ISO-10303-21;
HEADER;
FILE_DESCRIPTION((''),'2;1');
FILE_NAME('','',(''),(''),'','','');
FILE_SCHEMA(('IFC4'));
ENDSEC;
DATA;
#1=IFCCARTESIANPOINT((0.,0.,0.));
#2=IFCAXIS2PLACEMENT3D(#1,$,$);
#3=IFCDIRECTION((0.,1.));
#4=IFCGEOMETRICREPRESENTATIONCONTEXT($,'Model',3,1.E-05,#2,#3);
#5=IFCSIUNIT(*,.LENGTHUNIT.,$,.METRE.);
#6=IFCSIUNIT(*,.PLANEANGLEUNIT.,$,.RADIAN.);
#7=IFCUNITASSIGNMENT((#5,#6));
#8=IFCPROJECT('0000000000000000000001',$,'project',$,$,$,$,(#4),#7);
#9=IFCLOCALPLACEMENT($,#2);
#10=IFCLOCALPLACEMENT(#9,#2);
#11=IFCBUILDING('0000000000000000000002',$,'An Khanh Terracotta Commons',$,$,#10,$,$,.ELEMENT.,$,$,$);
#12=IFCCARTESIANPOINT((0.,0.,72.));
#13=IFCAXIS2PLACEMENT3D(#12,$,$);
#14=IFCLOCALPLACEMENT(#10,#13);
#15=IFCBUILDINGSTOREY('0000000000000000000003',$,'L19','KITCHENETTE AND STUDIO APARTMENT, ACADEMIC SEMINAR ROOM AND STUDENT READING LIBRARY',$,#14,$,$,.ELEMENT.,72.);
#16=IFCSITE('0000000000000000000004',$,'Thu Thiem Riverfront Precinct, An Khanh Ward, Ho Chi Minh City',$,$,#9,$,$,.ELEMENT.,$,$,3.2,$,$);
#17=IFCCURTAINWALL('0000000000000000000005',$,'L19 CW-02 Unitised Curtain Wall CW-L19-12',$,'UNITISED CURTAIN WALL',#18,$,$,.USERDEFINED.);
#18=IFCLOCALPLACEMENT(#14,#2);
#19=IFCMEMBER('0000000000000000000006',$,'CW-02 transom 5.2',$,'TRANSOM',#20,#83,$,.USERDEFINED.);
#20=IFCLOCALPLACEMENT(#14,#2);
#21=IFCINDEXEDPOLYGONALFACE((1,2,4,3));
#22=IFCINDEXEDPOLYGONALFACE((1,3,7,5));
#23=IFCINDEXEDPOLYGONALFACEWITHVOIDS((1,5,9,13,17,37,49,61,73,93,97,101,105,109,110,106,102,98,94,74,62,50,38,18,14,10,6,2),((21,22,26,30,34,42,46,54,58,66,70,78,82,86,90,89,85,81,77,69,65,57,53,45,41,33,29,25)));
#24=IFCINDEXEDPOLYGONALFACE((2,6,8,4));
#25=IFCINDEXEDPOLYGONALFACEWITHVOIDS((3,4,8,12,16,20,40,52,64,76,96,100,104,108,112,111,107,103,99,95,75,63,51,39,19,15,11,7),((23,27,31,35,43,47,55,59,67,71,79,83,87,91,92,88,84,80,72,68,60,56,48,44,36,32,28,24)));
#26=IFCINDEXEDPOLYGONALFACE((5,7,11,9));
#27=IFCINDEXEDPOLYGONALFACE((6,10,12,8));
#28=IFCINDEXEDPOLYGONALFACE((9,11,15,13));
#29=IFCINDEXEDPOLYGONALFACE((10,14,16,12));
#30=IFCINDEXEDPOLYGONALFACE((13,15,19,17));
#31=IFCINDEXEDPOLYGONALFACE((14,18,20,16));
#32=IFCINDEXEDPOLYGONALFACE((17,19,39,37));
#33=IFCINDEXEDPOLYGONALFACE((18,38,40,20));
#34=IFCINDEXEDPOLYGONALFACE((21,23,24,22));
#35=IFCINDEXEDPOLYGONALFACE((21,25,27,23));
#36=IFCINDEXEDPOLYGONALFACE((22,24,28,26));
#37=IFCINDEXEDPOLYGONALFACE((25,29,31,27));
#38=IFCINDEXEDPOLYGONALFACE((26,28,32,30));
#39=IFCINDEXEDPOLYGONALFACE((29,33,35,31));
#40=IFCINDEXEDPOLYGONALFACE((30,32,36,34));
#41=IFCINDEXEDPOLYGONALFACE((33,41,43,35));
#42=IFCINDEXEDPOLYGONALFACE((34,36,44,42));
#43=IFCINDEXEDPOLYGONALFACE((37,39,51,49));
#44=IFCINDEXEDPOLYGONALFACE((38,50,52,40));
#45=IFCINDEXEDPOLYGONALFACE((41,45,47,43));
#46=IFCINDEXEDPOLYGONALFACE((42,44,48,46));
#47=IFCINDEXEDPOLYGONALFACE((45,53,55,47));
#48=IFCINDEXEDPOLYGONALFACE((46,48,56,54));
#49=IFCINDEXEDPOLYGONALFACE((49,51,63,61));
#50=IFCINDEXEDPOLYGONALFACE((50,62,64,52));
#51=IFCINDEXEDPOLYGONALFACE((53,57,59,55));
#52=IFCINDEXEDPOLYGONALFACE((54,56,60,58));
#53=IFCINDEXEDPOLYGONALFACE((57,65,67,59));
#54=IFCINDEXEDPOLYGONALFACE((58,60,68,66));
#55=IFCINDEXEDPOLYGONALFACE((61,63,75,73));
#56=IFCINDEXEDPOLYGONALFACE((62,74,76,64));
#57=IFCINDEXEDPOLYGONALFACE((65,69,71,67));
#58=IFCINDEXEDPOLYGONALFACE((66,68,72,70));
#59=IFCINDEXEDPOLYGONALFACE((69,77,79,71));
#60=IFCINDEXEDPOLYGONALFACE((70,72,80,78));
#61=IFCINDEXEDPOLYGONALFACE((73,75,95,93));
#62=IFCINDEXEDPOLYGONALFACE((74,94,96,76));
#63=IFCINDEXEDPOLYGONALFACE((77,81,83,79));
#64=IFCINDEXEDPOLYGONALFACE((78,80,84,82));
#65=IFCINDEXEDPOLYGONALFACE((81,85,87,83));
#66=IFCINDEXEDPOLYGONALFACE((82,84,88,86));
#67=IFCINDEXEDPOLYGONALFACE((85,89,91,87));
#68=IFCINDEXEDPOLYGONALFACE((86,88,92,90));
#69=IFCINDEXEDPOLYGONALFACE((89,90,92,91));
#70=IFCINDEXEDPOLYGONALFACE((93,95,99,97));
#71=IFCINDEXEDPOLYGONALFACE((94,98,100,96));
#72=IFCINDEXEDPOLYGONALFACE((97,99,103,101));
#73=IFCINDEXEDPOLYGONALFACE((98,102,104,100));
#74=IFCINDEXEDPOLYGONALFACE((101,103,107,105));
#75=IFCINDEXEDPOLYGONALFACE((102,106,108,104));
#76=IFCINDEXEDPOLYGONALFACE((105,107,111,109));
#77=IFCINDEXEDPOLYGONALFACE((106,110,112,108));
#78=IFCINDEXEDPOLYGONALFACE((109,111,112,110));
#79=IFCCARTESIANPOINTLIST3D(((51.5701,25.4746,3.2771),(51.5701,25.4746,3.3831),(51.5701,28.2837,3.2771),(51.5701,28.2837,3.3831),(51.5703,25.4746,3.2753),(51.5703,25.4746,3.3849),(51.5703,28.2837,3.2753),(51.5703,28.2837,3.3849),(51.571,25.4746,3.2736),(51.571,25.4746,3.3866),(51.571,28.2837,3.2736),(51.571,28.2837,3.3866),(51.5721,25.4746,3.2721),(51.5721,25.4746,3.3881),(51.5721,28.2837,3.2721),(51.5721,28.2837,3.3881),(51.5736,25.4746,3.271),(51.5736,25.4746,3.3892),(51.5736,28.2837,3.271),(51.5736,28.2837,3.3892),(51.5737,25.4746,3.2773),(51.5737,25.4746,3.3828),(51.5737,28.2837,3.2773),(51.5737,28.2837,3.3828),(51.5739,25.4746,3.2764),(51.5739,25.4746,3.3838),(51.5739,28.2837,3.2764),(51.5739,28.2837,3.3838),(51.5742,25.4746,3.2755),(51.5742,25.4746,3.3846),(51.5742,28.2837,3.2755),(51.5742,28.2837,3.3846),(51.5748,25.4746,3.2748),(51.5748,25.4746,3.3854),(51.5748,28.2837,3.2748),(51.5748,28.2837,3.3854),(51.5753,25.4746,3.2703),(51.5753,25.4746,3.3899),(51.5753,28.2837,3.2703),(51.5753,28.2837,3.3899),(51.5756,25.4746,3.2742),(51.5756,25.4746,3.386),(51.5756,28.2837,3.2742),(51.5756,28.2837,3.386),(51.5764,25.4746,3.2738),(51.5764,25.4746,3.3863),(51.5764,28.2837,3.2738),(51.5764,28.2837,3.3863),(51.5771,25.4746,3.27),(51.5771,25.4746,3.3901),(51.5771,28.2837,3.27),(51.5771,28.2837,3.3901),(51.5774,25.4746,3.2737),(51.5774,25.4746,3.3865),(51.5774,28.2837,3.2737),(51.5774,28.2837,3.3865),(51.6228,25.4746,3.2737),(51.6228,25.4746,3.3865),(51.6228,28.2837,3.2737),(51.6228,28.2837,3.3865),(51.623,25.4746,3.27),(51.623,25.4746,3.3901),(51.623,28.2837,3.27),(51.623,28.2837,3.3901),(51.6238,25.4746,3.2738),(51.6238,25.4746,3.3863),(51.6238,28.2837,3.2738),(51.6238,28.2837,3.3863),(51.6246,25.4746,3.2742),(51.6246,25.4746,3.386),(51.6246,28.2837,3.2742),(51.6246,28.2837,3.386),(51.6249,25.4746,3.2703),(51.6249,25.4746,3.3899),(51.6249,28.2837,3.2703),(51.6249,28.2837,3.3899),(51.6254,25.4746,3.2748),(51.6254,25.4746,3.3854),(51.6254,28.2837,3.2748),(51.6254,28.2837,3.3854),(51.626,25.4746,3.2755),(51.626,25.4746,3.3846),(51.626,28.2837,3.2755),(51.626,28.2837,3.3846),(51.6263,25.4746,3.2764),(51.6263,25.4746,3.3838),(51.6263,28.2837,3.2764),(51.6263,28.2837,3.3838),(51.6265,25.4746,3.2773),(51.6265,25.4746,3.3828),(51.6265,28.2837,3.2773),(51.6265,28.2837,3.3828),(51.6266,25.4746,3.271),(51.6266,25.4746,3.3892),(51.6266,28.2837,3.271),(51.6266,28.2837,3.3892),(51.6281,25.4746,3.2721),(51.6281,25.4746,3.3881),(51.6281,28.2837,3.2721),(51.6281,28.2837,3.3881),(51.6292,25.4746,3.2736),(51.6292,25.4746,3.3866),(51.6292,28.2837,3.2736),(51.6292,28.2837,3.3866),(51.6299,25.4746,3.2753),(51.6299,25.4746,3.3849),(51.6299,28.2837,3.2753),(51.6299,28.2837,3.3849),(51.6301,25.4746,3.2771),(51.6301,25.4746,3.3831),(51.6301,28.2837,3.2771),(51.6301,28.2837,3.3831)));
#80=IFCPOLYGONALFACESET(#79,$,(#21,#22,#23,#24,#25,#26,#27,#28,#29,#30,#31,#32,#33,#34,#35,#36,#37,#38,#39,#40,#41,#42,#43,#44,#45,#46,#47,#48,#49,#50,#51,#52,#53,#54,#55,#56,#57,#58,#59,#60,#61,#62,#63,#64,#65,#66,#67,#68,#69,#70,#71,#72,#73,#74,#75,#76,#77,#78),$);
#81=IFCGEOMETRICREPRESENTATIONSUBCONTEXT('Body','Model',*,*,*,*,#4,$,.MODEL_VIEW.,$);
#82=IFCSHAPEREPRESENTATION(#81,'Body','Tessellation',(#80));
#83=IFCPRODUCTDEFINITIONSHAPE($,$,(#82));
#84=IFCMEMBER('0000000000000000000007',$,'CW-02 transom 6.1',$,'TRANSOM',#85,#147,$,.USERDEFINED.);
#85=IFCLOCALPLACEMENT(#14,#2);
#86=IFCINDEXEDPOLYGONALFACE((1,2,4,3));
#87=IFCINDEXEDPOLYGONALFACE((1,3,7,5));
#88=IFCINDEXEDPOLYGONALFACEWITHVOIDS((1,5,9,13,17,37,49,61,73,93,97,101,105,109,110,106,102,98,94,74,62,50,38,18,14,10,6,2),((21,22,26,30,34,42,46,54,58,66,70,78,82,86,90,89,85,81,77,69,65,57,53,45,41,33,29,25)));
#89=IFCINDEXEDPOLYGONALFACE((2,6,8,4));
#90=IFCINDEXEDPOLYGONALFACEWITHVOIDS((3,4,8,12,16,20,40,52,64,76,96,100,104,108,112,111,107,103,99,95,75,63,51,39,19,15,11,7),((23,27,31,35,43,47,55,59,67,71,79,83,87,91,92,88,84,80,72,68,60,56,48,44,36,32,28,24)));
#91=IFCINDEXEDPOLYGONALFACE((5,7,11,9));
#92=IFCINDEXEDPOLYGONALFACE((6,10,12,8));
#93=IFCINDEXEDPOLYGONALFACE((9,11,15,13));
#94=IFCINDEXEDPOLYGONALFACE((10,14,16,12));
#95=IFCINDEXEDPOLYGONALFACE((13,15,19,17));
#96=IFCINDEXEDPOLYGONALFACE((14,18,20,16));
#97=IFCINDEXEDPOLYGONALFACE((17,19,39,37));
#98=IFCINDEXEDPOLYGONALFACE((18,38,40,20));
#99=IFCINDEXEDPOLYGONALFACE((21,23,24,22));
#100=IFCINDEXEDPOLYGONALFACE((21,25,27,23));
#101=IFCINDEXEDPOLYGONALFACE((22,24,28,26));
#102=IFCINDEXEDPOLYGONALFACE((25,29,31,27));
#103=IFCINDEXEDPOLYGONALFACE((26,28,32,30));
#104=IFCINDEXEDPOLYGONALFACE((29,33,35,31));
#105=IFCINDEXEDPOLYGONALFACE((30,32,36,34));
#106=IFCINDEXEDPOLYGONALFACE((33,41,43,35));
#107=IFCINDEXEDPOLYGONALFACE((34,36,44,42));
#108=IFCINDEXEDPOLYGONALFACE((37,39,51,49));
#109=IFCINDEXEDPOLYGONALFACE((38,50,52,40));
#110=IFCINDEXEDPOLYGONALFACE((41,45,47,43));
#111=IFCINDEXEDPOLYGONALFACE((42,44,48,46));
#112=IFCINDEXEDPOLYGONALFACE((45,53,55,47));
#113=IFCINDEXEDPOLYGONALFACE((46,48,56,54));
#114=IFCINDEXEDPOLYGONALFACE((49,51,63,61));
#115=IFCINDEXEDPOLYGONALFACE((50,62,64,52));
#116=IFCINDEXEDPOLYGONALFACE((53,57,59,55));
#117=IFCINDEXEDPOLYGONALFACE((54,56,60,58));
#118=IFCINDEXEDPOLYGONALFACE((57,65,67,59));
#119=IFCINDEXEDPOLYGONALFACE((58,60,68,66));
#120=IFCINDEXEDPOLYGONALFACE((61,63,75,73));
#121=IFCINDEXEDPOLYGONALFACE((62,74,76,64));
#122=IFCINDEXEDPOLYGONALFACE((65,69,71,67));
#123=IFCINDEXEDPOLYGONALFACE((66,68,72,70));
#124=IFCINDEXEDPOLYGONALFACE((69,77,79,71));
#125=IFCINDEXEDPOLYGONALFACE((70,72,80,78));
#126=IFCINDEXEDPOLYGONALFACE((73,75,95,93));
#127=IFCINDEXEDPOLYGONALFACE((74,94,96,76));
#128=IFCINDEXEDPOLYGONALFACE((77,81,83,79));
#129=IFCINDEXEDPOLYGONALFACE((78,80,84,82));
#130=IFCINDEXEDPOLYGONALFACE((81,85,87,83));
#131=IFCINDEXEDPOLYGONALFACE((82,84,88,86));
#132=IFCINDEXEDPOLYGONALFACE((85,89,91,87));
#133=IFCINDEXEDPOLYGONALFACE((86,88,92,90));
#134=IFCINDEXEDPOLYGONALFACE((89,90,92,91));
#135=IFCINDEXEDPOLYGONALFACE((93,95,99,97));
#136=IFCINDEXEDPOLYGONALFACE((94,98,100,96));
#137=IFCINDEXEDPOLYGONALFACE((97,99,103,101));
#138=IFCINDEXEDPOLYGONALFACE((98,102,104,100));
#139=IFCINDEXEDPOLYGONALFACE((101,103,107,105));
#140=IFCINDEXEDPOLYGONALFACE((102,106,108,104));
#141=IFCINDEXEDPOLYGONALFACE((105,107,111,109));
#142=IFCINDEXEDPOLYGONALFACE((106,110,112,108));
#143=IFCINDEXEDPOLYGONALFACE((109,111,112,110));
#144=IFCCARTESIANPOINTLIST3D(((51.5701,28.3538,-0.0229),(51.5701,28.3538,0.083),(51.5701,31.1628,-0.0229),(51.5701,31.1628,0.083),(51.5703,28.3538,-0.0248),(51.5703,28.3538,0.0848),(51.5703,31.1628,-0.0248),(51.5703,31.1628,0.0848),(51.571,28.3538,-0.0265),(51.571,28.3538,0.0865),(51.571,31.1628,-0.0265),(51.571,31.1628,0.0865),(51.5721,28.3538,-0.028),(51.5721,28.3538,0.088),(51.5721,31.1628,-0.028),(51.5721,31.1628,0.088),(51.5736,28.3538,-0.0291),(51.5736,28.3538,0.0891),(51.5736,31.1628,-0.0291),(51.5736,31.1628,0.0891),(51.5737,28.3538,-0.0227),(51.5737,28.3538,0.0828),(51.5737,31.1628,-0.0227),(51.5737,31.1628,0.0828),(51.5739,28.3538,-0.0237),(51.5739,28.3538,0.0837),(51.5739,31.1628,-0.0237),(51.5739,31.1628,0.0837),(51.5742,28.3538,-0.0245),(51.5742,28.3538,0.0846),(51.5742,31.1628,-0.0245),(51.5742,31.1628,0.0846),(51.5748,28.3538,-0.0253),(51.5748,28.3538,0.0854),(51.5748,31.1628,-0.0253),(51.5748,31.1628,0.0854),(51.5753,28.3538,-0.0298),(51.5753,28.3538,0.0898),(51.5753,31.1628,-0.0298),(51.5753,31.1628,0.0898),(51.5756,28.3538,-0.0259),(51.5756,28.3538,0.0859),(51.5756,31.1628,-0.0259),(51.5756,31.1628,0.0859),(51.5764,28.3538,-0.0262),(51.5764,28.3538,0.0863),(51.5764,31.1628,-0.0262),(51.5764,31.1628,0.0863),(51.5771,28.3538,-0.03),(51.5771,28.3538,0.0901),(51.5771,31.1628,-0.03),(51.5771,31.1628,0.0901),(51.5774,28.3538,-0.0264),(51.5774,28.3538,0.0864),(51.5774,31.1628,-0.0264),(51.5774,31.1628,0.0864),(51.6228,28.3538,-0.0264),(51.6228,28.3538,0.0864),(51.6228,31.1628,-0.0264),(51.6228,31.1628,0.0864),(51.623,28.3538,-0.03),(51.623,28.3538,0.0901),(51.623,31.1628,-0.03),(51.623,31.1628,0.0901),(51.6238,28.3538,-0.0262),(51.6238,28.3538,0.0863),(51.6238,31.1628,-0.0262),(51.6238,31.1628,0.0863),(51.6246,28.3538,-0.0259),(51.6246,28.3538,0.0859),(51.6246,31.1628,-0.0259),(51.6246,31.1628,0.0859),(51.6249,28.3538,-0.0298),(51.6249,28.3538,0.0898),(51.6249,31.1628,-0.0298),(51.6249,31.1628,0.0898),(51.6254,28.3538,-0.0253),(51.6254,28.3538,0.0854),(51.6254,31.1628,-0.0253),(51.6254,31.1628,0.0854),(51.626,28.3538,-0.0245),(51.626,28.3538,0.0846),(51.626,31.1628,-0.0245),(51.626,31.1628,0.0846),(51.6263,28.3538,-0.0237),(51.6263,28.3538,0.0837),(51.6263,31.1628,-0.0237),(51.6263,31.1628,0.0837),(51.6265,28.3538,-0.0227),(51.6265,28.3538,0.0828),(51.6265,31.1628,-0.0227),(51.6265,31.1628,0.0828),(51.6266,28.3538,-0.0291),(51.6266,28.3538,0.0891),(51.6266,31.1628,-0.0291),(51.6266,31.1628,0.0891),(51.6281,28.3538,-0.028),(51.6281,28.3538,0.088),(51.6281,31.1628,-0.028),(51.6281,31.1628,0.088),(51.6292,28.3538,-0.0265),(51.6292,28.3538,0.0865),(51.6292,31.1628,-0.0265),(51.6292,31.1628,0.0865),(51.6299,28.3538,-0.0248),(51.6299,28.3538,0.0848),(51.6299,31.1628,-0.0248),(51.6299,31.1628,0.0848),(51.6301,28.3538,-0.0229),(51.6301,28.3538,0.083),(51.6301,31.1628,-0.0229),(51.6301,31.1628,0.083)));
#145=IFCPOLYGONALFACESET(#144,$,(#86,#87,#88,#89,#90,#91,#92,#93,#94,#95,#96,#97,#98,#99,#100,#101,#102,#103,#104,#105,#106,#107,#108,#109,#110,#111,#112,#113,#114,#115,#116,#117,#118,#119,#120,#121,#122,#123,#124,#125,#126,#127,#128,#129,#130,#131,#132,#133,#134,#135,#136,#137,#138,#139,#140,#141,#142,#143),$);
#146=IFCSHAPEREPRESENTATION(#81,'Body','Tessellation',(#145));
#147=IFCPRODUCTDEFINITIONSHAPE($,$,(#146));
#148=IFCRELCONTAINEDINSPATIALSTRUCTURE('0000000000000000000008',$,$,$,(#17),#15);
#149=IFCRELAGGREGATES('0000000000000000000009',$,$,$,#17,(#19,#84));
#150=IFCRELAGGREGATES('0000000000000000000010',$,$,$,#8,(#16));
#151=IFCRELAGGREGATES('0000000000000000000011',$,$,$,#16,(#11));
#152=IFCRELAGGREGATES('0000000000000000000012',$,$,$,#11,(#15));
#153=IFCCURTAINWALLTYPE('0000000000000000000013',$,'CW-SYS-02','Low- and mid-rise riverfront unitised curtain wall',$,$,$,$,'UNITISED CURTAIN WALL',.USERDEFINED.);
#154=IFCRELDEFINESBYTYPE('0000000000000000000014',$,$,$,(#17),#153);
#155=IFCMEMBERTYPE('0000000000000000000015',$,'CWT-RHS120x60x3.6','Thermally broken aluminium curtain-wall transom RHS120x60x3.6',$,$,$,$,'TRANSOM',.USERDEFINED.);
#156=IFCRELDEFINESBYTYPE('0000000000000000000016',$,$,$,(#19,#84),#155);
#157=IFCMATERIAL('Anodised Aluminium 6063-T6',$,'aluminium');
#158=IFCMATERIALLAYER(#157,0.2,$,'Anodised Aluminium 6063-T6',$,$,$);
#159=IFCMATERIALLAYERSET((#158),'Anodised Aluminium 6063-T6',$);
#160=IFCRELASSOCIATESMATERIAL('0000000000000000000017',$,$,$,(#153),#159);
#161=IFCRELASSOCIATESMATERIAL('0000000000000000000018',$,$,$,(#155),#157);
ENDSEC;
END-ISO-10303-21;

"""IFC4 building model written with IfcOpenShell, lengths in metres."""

from ifc_helpers import new_model, si_unit, direction, frame, origin, origin_2d, place, context, subcontext, project, spatial, hollow_rectangle, extrude, material, layer, layer_set, material_profile, profile_set, type_object, element, aggregate, save


model = new_model("IFC4")

# Units and contexts
model_context = context("Model", 3, precision=1e-05, world=origin(), true_north=direction((0.0, 1.0)))
body_context = subcontext(model_context, "Body", "Model", "MODEL_VIEW")
ifc_project = project(units=[si_unit("LENGTHUNIT", "METRE"), si_unit("PLANEANGLEUNIT", "RADIAN")], contexts=[model_context])

# Site, building, storey
site_placement = place(None, origin())
site = spatial("IfcSite", under=ifc_project, at=site_placement, Name="Thu Thiem Riverfront Precinct, An Khanh Ward, Ho Chi Minh City", CompositionType="ELEMENT", RefElevation=3.2)
building_placement = place(site_placement, origin())
building = spatial("IfcBuilding", under=site, at=building_placement, Name="An Khanh Terracotta Commons", CompositionType="ELEMENT")
storey_placement = place(building_placement, frame((0.0, 0.0, 72.0)))
storey = spatial("IfcBuildingStorey", under=building, at=storey_placement, Name="L19", Description="KITCHENETTE AND STUDIO APARTMENT, ACADEMIC SEMINAR ROOM AND STUDENT READING LIBRARY", CompositionType="ELEMENT", Elevation=72.0)

# Curtain wall, members
ifc_material_1 = material(Name="Anodised Aluminium 6063-T6", Category="aluminium")
ifc_layer_1 = layer(ifc_material_1, 0.2, Name="Anodised Aluminium 6063-T6")
ifc_layer_set_1 = layer_set([ifc_layer_1], Name="Anodised Aluminium 6063-T6")
curtain_wall_type = type_object("IfcCurtainWallType", Name="CW-SYS-02", Description="Low- and mid-rise riverfront unitised curtain wall", ElementType="UNITISED CURTAIN WALL", PredefinedType="USERDEFINED", material=ifc_layer_set_1)
curtain_wall_placement = place(storey_placement, origin())
curtain_wall = element("IfcCurtainWall", 1, at=curtain_wall_placement, inside=storey, type_object=curtain_wall_type, Name="L19 CW-02 Unitised Curtain Wall CW-L19-12", ObjectType="UNITISED CURTAIN WALL", PredefinedType="USERDEFINED")
ifc_material_profile_1 = material_profile(ifc_material_1, hollow_rectangle(XDim=0.0601, YDim=0.1201, WallThickness=0.0037, InnerFilletRadius=0.0037, OuterFilletRadius=0.0071, at=origin_2d()), Name="RHS120x60x3.6")
ifc_profile_set_1 = profile_set([ifc_material_profile_1], Name="Anodised Aluminium 6063-T6")
member_type_1 = type_object("IfcMemberType", Name="CWT-RHS120x60x3.6", Description="Thermally broken aluminium curtain-wall transom RHS120x60x3.6", ElementType="TRANSOM", PredefinedType="USERDEFINED", material=ifc_profile_set_1)
member_1_placement = place(storey_placement, frame((51.6001, 25.4746, 3.3301), z_axis=(0.0, 1.0, 0.0), x_axis=(-1.0, 0.0, 0.0)))
member_1 = element("IfcMember", 2, at=member_1_placement, type_object=member_type_1, Name="CW-02 transom 5.2", ObjectType="TRANSOM", PredefinedType="USERDEFINED", context=body_context, shape_type="SweptSolid", body=[
    extrude(hollow_rectangle(XDim=0.0601, YDim=0.1201, WallThickness=0.0037, InnerFilletRadius=0.0037, OuterFilletRadius=0.0071, at=origin_2d()), origin(), (0.0, 0.0, 1.0), 2.8091),
])
member_2_placement = place(storey_placement, frame((51.6001, 28.3538, 0.03), z_axis=(0.0, 1.0, 0.0), x_axis=(-1.0, 0.0, 0.0)))
member_2 = element("IfcMember", 3, at=member_2_placement, type_object=member_type_1, Name="CW-02 transom 6.1", ObjectType="TRANSOM", PredefinedType="USERDEFINED", context=body_context, shape_type="SweptSolid", body=[
    extrude(hollow_rectangle(XDim=0.0601, YDim=0.1201, WallThickness=0.0037, InnerFilletRadius=0.0037, OuterFilletRadius=0.0071, at=origin_2d()), origin(), (0.0, 0.0, 1.0), 2.8091),
])
aggregate(curtain_wall, [member_1, member_2])

save(model, "model.ifc")
